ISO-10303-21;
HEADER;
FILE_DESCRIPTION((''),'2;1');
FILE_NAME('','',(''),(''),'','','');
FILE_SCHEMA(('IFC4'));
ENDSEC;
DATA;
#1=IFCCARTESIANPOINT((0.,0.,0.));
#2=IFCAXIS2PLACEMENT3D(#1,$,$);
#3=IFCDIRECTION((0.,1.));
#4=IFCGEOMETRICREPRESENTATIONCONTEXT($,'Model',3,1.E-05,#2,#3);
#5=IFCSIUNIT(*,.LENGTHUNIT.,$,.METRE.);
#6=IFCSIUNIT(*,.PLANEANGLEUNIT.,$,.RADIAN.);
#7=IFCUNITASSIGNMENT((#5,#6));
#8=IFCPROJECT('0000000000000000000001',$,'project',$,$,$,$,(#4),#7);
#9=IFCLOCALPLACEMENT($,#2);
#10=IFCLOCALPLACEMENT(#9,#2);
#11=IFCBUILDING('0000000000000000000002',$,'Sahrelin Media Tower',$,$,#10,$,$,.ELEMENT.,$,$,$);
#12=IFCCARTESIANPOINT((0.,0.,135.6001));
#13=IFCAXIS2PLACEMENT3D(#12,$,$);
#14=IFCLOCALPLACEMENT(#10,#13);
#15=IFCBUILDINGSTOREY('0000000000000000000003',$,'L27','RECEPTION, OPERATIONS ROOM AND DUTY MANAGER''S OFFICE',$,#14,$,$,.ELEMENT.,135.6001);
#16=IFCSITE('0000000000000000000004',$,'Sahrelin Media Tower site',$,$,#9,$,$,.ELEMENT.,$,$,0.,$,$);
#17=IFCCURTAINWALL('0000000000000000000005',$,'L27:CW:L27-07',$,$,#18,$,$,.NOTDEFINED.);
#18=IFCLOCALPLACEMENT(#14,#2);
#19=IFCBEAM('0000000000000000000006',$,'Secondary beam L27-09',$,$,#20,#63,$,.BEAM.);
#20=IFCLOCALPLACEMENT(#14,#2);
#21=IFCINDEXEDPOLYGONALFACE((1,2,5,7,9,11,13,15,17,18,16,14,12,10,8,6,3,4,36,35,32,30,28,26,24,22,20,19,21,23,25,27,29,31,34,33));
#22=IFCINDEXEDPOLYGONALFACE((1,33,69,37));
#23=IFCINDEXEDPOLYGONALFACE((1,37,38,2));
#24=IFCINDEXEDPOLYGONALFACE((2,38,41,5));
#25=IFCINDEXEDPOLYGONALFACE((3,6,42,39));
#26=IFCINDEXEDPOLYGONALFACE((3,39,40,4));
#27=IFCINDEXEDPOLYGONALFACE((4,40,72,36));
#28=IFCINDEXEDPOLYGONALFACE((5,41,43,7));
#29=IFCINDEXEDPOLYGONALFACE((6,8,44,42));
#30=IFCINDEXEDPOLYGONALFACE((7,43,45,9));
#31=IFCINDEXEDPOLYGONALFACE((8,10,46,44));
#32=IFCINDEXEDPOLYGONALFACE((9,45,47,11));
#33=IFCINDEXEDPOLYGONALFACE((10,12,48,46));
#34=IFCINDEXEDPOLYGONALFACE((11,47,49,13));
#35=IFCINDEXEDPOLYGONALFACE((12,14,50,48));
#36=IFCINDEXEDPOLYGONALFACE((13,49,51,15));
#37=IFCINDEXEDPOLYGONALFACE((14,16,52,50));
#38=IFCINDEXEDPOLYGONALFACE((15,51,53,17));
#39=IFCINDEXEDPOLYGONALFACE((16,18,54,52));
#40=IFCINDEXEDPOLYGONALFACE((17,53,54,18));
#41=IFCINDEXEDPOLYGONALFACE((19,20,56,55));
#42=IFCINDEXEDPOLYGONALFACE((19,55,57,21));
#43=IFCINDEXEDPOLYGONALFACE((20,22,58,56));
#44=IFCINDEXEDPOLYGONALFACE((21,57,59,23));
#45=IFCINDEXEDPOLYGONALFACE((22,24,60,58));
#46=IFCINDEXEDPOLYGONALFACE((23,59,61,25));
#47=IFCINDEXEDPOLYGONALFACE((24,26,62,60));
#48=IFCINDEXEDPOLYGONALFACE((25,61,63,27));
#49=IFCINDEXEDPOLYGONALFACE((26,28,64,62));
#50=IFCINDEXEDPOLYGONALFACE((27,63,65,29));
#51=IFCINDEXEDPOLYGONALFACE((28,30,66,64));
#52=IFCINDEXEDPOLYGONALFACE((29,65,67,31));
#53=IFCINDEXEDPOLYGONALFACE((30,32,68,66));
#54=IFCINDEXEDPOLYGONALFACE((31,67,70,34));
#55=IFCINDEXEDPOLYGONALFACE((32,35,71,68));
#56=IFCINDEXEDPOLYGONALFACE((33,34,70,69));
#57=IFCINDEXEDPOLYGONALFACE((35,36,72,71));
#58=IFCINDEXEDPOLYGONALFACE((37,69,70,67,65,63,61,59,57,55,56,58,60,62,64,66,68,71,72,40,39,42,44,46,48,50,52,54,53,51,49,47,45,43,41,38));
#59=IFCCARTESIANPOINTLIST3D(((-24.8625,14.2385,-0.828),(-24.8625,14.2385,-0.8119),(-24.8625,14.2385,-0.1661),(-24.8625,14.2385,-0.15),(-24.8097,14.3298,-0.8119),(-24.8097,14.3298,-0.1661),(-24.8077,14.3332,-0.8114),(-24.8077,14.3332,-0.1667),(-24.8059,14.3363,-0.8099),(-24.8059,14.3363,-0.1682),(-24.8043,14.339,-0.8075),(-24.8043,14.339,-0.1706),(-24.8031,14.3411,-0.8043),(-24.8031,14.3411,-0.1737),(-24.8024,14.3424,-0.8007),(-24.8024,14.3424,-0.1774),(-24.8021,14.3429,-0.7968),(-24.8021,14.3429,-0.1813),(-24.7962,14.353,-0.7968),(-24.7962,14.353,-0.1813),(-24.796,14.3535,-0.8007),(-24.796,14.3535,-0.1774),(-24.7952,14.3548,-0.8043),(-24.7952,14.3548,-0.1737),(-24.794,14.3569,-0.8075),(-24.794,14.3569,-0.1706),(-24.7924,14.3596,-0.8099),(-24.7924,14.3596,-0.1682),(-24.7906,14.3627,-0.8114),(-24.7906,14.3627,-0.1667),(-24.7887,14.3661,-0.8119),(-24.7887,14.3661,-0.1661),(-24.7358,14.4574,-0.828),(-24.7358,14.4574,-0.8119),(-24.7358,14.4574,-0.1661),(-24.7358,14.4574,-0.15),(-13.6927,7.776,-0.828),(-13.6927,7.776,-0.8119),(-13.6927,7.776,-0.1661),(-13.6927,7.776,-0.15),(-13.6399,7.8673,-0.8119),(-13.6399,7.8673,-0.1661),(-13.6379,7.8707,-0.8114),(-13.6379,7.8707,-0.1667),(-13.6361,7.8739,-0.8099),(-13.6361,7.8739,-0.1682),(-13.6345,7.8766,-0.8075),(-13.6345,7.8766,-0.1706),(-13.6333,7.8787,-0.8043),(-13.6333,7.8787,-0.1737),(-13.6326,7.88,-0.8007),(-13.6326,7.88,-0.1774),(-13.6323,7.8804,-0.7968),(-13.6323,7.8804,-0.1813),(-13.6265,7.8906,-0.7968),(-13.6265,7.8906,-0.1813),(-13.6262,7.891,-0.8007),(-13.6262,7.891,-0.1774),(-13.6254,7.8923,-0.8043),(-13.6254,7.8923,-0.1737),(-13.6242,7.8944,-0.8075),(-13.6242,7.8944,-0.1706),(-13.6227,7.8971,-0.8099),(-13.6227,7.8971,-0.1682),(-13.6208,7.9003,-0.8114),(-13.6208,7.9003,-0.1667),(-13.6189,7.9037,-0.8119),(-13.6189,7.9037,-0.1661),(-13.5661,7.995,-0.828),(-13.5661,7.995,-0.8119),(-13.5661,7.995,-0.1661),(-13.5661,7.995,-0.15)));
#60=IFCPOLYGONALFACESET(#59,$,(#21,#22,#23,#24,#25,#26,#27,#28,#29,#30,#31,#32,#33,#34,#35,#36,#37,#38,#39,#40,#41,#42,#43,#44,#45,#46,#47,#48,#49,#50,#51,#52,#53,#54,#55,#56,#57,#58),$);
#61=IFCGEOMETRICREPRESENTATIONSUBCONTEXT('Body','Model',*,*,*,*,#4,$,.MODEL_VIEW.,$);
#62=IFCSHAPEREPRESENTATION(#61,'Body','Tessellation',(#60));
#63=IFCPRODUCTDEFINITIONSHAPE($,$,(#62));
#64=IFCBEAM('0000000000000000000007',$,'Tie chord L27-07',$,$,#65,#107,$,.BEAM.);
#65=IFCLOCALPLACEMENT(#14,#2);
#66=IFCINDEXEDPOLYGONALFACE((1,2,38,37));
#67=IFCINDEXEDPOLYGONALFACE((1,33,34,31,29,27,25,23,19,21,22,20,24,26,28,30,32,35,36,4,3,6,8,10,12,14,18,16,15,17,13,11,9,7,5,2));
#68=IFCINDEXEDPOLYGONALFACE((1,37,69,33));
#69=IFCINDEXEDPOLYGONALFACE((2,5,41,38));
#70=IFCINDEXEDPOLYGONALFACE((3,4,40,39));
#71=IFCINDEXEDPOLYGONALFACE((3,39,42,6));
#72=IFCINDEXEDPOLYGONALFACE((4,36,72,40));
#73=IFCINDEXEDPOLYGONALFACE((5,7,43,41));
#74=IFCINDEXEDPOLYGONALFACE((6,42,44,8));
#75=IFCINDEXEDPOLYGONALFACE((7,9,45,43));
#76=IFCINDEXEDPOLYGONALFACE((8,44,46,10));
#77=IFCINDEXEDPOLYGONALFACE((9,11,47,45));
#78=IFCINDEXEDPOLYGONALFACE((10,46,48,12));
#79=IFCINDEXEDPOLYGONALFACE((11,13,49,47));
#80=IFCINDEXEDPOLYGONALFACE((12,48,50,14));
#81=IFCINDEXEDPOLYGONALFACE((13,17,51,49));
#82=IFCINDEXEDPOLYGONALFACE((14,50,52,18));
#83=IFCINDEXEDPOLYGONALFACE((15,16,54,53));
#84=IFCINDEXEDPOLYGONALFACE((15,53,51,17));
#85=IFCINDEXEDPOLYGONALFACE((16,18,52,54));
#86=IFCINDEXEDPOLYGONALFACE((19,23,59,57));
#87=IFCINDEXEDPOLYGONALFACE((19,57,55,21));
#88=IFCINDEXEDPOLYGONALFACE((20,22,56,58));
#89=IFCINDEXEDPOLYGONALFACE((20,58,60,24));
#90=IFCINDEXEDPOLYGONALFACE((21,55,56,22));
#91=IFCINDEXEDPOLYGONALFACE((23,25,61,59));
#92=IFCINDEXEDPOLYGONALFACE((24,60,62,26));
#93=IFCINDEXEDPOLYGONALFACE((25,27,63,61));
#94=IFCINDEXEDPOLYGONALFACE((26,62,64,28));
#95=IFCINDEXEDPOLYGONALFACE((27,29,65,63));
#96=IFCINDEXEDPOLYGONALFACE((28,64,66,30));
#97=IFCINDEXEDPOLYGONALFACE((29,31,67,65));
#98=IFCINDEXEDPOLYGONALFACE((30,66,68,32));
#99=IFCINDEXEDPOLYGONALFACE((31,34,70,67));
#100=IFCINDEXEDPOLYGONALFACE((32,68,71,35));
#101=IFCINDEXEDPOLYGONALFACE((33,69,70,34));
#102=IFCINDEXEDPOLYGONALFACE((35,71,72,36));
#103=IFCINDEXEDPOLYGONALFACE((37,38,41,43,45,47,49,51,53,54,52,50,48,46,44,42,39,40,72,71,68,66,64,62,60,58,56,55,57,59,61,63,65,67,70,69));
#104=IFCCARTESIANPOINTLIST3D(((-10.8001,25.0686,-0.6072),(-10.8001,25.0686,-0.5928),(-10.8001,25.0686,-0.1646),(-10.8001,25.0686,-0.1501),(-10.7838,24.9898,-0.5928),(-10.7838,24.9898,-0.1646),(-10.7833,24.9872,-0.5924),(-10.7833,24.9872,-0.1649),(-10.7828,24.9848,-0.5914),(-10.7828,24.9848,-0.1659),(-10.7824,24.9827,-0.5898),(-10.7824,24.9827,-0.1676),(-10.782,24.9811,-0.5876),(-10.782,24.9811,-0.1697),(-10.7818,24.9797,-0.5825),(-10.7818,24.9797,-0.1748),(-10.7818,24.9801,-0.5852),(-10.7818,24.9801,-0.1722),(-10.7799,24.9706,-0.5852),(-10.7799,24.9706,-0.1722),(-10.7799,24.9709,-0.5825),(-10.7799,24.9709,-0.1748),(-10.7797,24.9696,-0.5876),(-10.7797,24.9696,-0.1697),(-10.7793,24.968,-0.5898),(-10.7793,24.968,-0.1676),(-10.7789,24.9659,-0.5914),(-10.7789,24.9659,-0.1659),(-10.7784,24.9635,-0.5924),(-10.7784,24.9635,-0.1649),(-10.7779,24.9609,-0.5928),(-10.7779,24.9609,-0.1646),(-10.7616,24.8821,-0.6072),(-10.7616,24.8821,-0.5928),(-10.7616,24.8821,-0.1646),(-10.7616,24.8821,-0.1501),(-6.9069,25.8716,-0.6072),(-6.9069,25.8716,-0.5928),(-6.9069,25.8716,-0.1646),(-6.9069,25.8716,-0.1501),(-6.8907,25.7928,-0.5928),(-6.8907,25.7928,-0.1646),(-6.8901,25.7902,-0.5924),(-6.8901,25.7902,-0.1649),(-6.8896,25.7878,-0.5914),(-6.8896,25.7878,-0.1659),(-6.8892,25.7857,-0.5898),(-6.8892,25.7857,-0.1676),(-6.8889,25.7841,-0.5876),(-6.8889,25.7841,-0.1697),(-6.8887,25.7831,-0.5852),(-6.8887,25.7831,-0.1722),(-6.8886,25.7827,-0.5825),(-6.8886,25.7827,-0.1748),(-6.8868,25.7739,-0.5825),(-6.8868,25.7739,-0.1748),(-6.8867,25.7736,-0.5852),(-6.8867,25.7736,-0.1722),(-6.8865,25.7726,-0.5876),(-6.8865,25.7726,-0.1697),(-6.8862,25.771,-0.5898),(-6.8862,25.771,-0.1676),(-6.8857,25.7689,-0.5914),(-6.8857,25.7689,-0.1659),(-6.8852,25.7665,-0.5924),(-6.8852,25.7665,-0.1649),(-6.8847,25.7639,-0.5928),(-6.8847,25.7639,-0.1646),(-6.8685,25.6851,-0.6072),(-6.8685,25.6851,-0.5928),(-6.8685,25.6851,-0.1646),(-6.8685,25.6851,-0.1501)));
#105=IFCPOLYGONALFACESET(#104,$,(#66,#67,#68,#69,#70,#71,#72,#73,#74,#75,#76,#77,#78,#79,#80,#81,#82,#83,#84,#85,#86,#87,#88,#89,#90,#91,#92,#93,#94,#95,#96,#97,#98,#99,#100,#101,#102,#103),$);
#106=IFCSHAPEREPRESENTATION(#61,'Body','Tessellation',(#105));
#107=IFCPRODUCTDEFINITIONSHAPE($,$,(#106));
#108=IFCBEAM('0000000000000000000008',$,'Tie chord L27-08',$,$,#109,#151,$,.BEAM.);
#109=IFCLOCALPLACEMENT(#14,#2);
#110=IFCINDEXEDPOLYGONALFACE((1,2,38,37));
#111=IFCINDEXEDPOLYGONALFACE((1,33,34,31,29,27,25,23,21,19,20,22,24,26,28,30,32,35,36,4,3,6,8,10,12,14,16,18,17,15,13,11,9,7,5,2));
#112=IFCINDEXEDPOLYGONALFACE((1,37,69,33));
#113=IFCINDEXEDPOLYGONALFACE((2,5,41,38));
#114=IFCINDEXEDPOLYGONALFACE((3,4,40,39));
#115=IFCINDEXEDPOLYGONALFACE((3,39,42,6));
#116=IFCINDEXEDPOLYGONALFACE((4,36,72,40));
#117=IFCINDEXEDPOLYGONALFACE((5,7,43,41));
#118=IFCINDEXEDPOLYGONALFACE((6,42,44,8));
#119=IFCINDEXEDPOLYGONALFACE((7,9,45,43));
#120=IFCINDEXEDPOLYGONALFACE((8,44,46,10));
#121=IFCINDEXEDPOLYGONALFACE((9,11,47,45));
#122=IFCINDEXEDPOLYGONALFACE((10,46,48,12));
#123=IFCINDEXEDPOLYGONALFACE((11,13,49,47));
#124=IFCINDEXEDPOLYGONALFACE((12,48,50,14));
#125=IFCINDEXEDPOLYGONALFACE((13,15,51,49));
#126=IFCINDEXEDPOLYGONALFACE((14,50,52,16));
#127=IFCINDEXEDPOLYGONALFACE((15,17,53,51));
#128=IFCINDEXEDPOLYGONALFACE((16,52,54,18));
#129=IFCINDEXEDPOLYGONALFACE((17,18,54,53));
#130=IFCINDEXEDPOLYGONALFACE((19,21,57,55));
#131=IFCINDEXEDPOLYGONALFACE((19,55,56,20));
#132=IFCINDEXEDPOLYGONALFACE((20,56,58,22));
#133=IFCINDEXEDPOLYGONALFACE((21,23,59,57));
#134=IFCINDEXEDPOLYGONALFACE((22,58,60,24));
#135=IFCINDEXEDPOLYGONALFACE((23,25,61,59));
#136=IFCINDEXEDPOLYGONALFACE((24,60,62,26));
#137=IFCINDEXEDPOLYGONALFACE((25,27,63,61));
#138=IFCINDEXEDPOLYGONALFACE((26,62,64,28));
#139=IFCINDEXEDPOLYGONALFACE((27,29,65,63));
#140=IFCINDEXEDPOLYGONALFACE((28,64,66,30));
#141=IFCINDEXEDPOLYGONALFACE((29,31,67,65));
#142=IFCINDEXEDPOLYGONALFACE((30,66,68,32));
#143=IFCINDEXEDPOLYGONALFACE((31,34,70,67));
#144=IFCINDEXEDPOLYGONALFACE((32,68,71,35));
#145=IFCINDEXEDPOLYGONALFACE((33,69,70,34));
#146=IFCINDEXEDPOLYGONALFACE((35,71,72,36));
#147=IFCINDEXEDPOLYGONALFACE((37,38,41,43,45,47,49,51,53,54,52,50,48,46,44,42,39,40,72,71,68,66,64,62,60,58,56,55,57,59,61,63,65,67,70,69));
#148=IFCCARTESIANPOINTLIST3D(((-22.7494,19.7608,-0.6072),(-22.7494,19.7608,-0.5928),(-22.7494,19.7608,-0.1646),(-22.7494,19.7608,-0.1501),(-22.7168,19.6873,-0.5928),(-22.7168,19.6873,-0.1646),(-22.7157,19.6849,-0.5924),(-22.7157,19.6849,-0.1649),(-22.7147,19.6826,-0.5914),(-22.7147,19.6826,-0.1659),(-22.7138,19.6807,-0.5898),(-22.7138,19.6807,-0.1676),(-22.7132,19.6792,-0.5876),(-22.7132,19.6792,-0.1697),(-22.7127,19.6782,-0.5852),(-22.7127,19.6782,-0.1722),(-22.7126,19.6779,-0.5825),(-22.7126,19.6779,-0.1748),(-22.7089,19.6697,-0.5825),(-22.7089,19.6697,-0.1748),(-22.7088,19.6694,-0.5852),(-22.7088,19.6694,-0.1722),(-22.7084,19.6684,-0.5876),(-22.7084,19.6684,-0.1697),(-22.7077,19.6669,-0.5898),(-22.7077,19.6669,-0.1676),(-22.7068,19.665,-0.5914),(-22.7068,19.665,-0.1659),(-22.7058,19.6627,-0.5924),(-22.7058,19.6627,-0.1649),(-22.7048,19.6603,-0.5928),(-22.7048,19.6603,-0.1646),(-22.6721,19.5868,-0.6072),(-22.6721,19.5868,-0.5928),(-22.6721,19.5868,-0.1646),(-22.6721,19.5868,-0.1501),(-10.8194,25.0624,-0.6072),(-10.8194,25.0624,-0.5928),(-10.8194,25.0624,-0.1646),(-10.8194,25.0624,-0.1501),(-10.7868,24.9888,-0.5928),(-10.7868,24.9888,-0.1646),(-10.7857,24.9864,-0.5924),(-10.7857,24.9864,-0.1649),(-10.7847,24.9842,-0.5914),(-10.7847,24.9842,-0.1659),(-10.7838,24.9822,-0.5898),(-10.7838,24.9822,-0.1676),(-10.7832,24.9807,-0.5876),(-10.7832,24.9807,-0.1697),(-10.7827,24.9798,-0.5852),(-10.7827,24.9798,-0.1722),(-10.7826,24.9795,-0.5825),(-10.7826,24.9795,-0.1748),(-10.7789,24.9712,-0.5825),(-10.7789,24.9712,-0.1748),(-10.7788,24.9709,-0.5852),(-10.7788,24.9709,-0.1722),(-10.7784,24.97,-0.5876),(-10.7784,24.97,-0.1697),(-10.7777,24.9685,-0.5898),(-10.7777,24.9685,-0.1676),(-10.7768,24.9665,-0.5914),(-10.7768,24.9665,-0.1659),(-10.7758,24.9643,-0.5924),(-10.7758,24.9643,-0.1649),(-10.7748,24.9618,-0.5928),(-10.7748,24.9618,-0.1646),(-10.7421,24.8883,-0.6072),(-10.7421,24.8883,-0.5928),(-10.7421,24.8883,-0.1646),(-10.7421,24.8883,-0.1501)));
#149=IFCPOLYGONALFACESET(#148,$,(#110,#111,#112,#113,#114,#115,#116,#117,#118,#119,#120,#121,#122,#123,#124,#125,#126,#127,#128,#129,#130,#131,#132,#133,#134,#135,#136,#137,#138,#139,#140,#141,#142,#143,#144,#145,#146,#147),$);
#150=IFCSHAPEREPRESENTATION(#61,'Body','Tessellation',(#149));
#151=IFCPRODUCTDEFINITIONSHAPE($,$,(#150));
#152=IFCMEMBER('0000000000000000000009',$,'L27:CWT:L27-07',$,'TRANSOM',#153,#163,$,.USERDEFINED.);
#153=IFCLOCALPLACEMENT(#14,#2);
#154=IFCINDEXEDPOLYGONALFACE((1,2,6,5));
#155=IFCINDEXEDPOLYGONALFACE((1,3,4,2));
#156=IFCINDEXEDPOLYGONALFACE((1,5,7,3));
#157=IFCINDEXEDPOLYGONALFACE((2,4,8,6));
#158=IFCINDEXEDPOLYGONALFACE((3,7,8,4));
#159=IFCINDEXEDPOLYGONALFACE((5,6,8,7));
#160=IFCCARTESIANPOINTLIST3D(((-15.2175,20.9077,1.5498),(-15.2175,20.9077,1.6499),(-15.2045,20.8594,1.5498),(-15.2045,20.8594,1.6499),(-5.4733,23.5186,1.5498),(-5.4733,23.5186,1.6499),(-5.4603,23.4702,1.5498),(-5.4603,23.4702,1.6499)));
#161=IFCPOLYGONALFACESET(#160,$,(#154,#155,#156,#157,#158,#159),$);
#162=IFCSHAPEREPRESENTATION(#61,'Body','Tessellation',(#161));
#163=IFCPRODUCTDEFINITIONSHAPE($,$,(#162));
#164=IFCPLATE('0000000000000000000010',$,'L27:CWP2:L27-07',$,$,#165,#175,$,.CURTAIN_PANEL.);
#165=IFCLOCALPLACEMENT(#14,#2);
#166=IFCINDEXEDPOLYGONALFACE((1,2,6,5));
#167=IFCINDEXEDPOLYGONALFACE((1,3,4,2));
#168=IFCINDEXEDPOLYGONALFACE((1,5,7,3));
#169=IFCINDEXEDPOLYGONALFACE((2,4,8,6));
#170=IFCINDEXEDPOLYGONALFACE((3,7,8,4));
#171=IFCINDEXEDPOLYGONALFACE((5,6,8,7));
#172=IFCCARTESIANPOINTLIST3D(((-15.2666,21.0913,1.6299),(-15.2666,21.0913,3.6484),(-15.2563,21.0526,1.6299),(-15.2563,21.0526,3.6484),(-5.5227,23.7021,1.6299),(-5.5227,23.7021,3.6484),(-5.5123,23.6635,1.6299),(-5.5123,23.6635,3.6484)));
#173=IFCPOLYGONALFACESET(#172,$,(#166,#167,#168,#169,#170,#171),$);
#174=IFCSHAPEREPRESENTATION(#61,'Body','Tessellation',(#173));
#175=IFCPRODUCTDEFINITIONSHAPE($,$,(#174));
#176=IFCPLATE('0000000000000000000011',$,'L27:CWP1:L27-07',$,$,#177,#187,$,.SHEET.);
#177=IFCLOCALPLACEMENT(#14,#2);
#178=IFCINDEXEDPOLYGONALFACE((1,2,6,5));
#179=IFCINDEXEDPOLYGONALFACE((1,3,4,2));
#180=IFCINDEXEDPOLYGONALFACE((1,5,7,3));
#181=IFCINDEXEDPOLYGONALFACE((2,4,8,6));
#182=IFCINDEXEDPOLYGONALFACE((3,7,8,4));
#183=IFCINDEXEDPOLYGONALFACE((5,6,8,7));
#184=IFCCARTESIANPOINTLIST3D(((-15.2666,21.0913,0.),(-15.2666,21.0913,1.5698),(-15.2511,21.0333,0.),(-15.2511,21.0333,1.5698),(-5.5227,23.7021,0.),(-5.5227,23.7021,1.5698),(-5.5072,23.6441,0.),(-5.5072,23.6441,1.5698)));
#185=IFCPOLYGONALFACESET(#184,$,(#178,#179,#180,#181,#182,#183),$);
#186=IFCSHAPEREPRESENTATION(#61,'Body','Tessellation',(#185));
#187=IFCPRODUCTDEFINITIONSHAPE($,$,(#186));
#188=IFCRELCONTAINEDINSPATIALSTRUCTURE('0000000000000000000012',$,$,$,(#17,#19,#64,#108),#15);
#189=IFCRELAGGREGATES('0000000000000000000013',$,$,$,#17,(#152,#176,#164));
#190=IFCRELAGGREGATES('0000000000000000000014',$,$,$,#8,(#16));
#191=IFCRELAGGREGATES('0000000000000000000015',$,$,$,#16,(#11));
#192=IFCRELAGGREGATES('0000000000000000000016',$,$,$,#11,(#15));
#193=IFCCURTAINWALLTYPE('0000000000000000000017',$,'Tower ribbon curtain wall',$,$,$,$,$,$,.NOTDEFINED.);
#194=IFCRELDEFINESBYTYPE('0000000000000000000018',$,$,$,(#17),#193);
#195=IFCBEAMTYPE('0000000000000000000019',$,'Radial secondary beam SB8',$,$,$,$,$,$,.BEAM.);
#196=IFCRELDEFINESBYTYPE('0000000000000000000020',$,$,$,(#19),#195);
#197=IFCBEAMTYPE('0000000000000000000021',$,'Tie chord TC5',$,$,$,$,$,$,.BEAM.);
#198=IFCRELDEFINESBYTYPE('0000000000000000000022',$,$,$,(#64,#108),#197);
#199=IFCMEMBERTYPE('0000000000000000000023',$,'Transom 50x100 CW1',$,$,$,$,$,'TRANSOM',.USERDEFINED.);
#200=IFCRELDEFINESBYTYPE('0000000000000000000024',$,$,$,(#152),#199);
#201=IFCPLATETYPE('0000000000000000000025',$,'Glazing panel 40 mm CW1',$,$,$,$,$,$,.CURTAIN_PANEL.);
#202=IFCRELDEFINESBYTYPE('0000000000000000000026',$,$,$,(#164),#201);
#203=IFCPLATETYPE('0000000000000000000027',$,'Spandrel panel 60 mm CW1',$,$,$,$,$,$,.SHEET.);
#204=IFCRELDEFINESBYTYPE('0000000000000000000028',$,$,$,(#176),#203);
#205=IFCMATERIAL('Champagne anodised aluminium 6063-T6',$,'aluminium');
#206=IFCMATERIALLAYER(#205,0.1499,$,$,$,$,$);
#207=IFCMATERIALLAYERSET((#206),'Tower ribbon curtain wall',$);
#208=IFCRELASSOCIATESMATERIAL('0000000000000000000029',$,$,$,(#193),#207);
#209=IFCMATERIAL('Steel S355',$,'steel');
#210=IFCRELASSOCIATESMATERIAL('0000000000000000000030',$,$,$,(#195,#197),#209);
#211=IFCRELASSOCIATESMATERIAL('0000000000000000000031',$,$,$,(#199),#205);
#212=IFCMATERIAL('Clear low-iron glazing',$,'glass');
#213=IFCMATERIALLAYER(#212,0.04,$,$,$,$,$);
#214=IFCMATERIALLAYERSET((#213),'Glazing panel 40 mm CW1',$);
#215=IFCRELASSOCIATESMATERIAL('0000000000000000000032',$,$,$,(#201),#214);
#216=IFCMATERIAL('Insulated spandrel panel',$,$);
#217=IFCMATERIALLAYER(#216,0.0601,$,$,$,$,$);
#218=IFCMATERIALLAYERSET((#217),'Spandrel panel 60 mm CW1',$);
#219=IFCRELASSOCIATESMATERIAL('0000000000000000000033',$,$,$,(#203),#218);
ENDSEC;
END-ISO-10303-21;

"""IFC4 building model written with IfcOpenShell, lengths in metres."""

from ifc_helpers import new_model, si_unit, direction, frame, origin, origin_2d, place, context, subcontext, project, spatial, polyline, rectangle, i_section, outline, extrude, material, layer, layer_set, material_profile, profile_set, type_object, element, aggregate, save


model = new_model("IFC4")

# Units and contexts
model_context = context("Model", 3, precision=1e-05, world=origin(), true_north=direction((0.0, 1.0)))
body_context = subcontext(model_context, "Body", "Model", "MODEL_VIEW")
ifc_project = project(units=[si_unit("LENGTHUNIT", "METRE"), si_unit("PLANEANGLEUNIT", "RADIAN")], contexts=[model_context])

# Site, building, storey
site_placement = place(None, origin())
site = spatial("IfcSite", under=ifc_project, at=site_placement, Name="Sahrelin Media Tower site", CompositionType="ELEMENT", RefElevation=0.0)
building_placement = place(site_placement, origin())
building = spatial("IfcBuilding", under=site, at=building_placement, Name="Sahrelin Media Tower", CompositionType="ELEMENT")
storey_placement = place(building_placement, frame((0.0, 0.0, 135.6001)))
storey = spatial("IfcBuildingStorey", under=building, at=storey_placement, Name="L27", Description="RECEPTION, OPERATIONS ROOM AND DUTY MANAGER'S OFFICE", CompositionType="ELEMENT", Elevation=135.6001)

# Shared definitions
ifc_material_1 = material(Name="Steel S355", Category="steel")

# Curtain wall
ifc_material_2 = material(Name="Champagne anodised aluminium 6063-T6", Category="aluminium")
ifc_layer_1 = layer(ifc_material_2, 0.1499)
ifc_layer_set_1 = layer_set([ifc_layer_1], Name="Tower ribbon curtain wall")
curtain_wall_type = type_object("IfcCurtainWallType", Name="Tower ribbon curtain wall", PredefinedType="NOTDEFINED", material=ifc_layer_set_1)
curtain_wall_1_placement = place(storey_placement, frame((-10.3894, 22.3772, 0.0), z_axis=(0.0, 0.0, 1.0), x_axis=(1.0, 0.0, 0.0)))
curtain_wall_1 = element("IfcCurtainWall", 1, at=curtain_wall_1_placement, inside=storey, type_object=curtain_wall_type, Name="L27:CW:L27-07", PredefinedType="NOTDEFINED")

# Beams
ifc_material_profile_1 = material_profile(ifc_material_1, i_section(OverallWidth=0.2529, OverallDepth=0.678, WebThickness=0.0117, FlangeThickness=0.0161, FilletRadius=0.0151, at=origin_2d()), Name="UB 686x254x125")
ifc_profile_set_1 = profile_set([ifc_material_profile_1], Name="Steel S355")
beam_type_1 = type_object("IfcBeamType", Name="Radial secondary beam SB8", PredefinedType="BEAM", material=ifc_profile_set_1)
beam_1_placement = place(storey_placement, frame((-13.6294, 7.8855, -0.489), z_axis=(-0.865569, 0.500789, 0.0), x_axis=(-0.500789, -0.865569, 0.0)))
element("IfcBeam", 2, at=beam_1_placement, inside=storey, type_object=beam_type_1, Name="Secondary beam L27-09", PredefinedType="BEAM", context=body_context, shape_type="SweptSolid", body=[
    extrude(i_section(OverallWidth=0.2529, OverallDepth=0.678, WebThickness=0.0117, FlangeThickness=0.0161, FilletRadius=0.0151, at=origin_2d()), origin(), (0.0, 0.0, 1.0), 12.9045),
])
ifc_material_profile_2 = material_profile(ifc_material_1, i_section(OverallWidth=0.1904, OverallDepth=0.457, WebThickness=0.009, FlangeThickness=0.0144, FilletRadius=0.0103, at=origin_2d()), Name="UB 457x191x74")
ifc_profile_set_2 = profile_set([ifc_material_profile_2], Name="Steel S355")
beam_type_2 = type_object("IfcBeamType", Name="Tie chord TC5", PredefinedType="BEAM", material=ifc_profile_set_2)
beam_2_placement = place(storey_placement, frame((-6.8877, 25.7783, -0.3787), z_axis=(-0.979384, -0.202006, 0.0), x_axis=(0.202006, -0.979384, 0.0)))
element("IfcBeam", 3, at=beam_2_placement, inside=storey, type_object=beam_type_2, Name="Tie chord L27-07", PredefinedType="BEAM", context=body_context, shape_type="SweptSolid", body=[
    extrude(i_section(OverallWidth=0.1904, OverallDepth=0.457, WebThickness=0.009, FlangeThickness=0.0144, FilletRadius=0.0103, at=origin_2d()), origin(), (0.0, 0.0, 1.0), 3.9751),
])
beam_3_placement = place(storey_placement, frame((-10.7808, 24.9753, -0.3787), z_axis=(-0.913831, -0.406095, 0.0), x_axis=(0.406095, -0.913831, 0.0)))
element("IfcBeam", 4, at=beam_3_placement, inside=storey, type_object=beam_type_2, Name="Tie chord L27-08", PredefinedType="BEAM", context=body_context, shape_type="SweptSolid", body=[
    extrude(i_section(OverallWidth=0.1904, OverallDepth=0.457, WebThickness=0.009, FlangeThickness=0.0144, FilletRadius=0.0103, at=origin_2d()), origin(), (0.0, 0.0, 1.0), 13.0549),
])

# Member
ifc_material_profile_3 = material_profile(ifc_material_2, rectangle(XDim=0.05, YDim=0.1001, at=origin_2d()), Name="Transom 50x100")
ifc_profile_set_3 = profile_set([ifc_material_profile_3], Name="Champagne anodised aluminium 6063-T6")
member_type_1 = type_object("IfcMemberType", Name="Transom 50x100 CW1", ElementType="TRANSOM", PredefinedType="USERDEFINED", material=ifc_profile_set_3)
member_1_placement = place(storey_placement, frame((-5.4668, 23.4944, 1.5999), z_axis=(-0.965928, -0.25881, 0.0), x_axis=(0.25881, -0.965928, 0.0)))
member_1 = element("IfcMember", 5, at=member_1_placement, type_object=member_type_1, Name="L27:CWT:L27-07", ObjectType="TRANSOM", PredefinedType="USERDEFINED", context=body_context, shape_type="SweptSolid", body=[
    extrude(rectangle(XDim=0.05, YDim=0.1001, at=origin_2d()), origin(), (0.0, 0.0, 1.0), 10.0879),
])

# Plates
ifc_material_3 = material(Name="Clear low-iron glazing", Category="glass")
ifc_layer_2 = layer(ifc_material_3, 0.04)
ifc_layer_set_2 = layer_set([ifc_layer_2], Name="Glazing panel 40 mm CW1")
plate_type_1 = type_object("IfcPlateType", Name="Glazing panel 40 mm CW1", PredefinedType="CURTAIN_PANEL", material=ifc_layer_set_2)
plate_1_placement = place(storey_placement, frame((-5.5227, 23.7021, 1.6299), z_axis=(-0.258816, 0.965927, 0.0), x_axis=(-0.965927, -0.258816, 0.0)))
plate_1 = element("IfcPlate", 6, at=plate_1_placement, type_object=plate_type_1, Name="L27:CWP2:L27-07", PredefinedType="CURTAIN_PANEL", context=body_context, shape_type="SweptSolid", body=[
    extrude(outline(polyline([(0.0, 0.0), (10.0876, 0.0), (10.0876, 2.0186), (0.0, 2.0186), (0.0, 0.0)])), origin(), (0.0, 0.0, -1.0), 0.04),
])
ifc_material_4 = material(Name="Insulated spandrel panel")
ifc_layer_3 = layer(ifc_material_4, 0.0601)
ifc_layer_set_3 = layer_set([ifc_layer_3], Name="Spandrel panel 60 mm CW1")
plate_type_2 = type_object("IfcPlateType", Name="Spandrel panel 60 mm CW1", PredefinedType="SHEET", material=ifc_layer_set_3)
plate_2_placement = place(storey_placement, frame((-5.5227, 23.7021, 0.0), z_axis=(-0.258816, 0.965927, 0.0), x_axis=(-0.965927, -0.258816, 0.0)))
plate_2 = element("IfcPlate", 7, at=plate_2_placement, type_object=plate_type_2, Name="L27:CWP1:L27-07", PredefinedType="SHEET", context=body_context, shape_type="SweptSolid", body=[
    extrude(outline(polyline([(0.0, 0.0), (10.0876, 0.0), (10.0876, 1.5698), (0.0, 1.5698), (0.0, 0.0)])), origin(), (0.0, 0.0, -1.0), 0.0601),
])
aggregate(curtain_wall_1, [member_1, plate_2, plate_1])

save(model, "model.ifc")
